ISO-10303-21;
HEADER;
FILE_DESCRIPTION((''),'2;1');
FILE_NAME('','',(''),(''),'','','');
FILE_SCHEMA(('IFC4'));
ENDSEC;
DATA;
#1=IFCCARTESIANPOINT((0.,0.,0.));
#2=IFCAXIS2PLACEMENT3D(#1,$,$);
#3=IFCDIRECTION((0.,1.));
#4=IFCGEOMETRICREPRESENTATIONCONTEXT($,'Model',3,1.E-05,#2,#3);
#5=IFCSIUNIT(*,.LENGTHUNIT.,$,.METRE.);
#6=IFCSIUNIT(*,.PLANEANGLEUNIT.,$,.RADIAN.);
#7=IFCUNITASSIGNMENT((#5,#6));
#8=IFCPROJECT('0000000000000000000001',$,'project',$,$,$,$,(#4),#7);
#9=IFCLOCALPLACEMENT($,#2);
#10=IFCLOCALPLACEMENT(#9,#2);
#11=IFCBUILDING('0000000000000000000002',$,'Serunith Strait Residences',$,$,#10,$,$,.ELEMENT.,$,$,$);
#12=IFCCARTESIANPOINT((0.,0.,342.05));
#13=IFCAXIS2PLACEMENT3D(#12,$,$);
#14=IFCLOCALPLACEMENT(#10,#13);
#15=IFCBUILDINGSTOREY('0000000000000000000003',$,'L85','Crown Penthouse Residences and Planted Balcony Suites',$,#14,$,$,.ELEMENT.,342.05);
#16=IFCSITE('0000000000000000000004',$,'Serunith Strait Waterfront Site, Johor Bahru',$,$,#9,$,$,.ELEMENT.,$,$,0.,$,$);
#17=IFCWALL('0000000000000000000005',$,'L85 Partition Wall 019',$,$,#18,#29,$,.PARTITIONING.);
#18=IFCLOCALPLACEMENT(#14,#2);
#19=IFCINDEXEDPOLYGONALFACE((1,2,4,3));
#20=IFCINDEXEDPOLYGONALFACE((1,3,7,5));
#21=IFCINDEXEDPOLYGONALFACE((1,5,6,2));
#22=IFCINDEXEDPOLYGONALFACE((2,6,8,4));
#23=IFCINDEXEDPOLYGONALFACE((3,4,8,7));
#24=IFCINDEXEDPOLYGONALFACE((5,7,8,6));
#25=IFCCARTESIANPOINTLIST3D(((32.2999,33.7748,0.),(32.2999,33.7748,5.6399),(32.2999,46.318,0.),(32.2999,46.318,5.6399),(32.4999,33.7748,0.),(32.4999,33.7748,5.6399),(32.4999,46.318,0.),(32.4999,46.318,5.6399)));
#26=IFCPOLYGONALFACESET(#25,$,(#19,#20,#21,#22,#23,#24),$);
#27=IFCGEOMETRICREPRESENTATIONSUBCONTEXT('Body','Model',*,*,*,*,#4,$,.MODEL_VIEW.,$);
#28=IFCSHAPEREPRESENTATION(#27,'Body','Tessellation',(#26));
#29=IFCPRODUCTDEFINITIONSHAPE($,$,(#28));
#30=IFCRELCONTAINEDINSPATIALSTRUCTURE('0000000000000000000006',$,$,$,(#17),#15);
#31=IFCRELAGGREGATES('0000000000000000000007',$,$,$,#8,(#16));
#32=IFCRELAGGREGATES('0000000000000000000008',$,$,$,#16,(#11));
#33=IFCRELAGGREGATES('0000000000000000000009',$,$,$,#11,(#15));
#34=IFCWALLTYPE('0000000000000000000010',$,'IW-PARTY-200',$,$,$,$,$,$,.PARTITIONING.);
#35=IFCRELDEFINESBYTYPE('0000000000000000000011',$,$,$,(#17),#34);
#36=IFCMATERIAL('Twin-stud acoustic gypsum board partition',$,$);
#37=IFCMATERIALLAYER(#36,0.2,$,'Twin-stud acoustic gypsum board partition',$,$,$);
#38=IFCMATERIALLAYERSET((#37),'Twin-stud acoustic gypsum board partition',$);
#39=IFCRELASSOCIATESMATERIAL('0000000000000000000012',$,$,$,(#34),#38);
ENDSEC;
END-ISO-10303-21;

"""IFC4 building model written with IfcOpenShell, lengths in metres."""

from ifc_helpers import new_model, si_unit, direction, frame, frame_2d, origin, place, context, subcontext, project, spatial, rectangle, extrude, material, layer, layer_set, type_object, element, save


model = new_model("IFC4")

# Units and contexts
model_context = context("Model", 3, precision=1e-05, world=origin(), true_north=direction((0.0, 1.0)))
body_context = subcontext(model_context, "Body", "Model", "MODEL_VIEW")
ifc_project = project(units=[si_unit("LENGTHUNIT", "METRE"), si_unit("PLANEANGLEUNIT", "RADIAN")], contexts=[model_context])

# Site, building, storey
site_placement = place(None, origin())
site = spatial("IfcSite", under=ifc_project, at=site_placement, Name="Serunith Strait Waterfront Site, Johor Bahru", CompositionType="ELEMENT", RefElevation=0.0)
building_placement = place(site_placement, origin())
building = spatial("IfcBuilding", under=site, at=building_placement, Name="Serunith Strait Residences", CompositionType="ELEMENT")
storey_placement = place(building_placement, frame((0.0, 0.0, 342.05)))
storey = spatial("IfcBuildingStorey", under=building, at=storey_placement, Name="L85", Description="Crown Penthouse Residences and Planted Balcony Suites", CompositionType="ELEMENT", Elevation=342.05)

# Wall
ifc_material_1 = material(Name="Twin-stud acoustic gypsum board partition")
ifc_layer_1 = layer(ifc_material_1, 0.2, Name="Twin-stud acoustic gypsum board partition")
ifc_layer_set_1 = layer_set([ifc_layer_1], Name="Twin-stud acoustic gypsum board partition")
wall_type_1 = type_object("IfcWallType", Name="IW-PARTY-200", PredefinedType="PARTITIONING", material=ifc_layer_set_1)
wall_1_placement = place(storey_placement, frame((32.3999, 33.7749, 0.0), z_axis=(0.0, 0.0, 1.0), x_axis=(0.0, 1.0, 0.0)))
element("IfcWall", 1, at=wall_1_placement, inside=storey, type_object=wall_type_1, Name="L85 Partition Wall 019", PredefinedType="PARTITIONING", context=body_context, shape_type="SweptSolid", body=[
    extrude(rectangle(XDim=12.5432, YDim=0.2, at=frame_2d((6.2715, 0.0))), origin(), (0.0, 0.0, 1.0), 5.6399),
])

save(model, "model.ifc")
